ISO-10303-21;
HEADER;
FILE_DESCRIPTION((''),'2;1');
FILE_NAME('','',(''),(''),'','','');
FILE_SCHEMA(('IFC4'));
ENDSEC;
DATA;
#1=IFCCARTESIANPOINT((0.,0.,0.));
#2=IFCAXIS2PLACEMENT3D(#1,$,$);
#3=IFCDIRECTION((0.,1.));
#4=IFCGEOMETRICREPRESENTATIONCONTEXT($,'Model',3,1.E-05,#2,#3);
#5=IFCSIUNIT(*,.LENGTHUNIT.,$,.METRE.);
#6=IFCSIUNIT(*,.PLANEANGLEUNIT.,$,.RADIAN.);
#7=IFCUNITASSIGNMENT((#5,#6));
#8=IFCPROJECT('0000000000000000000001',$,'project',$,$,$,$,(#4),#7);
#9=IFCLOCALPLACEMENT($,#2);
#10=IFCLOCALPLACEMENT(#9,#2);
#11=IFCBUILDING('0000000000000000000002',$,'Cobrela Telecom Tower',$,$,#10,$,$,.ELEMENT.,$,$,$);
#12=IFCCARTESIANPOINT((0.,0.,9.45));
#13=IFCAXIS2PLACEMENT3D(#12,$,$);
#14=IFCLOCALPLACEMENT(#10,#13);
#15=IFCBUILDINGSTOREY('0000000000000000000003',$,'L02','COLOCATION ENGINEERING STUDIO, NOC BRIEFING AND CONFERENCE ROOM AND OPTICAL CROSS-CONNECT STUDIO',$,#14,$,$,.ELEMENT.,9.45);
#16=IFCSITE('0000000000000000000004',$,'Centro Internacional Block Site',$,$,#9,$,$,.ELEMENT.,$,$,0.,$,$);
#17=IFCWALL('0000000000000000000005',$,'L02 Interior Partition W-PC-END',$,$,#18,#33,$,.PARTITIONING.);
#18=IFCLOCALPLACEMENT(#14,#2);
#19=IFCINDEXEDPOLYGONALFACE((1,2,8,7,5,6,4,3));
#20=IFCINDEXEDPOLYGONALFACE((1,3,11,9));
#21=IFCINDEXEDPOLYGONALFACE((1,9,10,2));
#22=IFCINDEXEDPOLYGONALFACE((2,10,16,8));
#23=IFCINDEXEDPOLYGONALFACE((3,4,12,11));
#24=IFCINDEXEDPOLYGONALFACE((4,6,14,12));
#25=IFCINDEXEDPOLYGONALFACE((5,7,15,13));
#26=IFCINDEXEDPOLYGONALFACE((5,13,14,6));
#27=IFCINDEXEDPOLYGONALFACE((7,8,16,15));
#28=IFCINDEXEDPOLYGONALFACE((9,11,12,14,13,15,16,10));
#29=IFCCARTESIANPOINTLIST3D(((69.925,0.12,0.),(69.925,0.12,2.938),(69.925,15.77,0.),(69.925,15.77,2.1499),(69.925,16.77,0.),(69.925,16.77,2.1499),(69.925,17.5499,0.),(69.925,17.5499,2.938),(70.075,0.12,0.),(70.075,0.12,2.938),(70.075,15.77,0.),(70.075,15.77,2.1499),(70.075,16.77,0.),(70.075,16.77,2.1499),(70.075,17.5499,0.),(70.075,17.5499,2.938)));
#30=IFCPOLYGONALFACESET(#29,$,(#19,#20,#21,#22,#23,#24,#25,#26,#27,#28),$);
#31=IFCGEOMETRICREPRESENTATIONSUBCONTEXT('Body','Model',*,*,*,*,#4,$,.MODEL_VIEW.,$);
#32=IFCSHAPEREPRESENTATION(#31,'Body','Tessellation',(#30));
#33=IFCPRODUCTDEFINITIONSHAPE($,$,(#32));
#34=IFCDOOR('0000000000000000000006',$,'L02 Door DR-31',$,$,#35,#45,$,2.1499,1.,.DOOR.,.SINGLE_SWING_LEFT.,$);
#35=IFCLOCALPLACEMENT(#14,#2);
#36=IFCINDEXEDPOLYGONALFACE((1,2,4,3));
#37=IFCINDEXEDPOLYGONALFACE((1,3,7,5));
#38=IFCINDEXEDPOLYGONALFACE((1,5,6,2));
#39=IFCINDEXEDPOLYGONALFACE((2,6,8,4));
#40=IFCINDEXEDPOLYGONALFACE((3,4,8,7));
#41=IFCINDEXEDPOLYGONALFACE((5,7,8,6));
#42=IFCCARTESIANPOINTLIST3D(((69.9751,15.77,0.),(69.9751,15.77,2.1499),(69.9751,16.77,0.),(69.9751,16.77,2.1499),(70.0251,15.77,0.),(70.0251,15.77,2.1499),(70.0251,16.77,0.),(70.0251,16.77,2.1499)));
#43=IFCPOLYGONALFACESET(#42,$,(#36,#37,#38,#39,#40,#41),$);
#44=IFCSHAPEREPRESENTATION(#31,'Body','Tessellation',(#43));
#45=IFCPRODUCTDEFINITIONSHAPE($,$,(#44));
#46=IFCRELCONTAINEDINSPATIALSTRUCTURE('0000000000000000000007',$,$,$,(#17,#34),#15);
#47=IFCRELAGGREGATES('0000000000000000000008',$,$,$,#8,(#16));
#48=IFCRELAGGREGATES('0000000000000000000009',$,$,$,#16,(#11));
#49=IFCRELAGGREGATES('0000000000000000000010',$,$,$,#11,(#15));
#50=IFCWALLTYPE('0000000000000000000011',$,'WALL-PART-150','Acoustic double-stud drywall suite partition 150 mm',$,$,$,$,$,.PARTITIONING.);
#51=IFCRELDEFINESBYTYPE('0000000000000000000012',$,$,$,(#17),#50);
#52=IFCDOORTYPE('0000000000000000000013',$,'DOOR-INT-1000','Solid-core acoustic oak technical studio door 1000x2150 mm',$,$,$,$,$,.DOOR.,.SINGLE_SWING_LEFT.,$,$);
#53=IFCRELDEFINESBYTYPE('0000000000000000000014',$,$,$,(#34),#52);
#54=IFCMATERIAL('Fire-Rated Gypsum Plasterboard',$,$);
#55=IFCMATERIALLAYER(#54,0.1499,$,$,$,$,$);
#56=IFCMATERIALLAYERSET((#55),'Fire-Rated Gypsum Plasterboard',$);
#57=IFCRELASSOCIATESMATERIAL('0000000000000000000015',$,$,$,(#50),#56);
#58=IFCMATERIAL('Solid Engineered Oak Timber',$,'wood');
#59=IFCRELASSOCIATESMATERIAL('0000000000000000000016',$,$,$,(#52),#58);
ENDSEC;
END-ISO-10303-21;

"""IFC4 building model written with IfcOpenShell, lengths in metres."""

from ifc_helpers import new_model, si_unit, direction, frame, frame_2d, origin, place, context, subcontext, project, spatial, rectangle, extrude, material, layer, layer_set, type_object, element, fill, save


model = new_model("IFC4")

# Units and contexts
model_context = context("Model", 3, precision=1e-05, world=origin(), true_north=direction((0.0, 1.0)))
body_context = subcontext(model_context, "Body", "Model", "MODEL_VIEW")
ifc_project = project(units=[si_unit("LENGTHUNIT", "METRE"), si_unit("PLANEANGLEUNIT", "RADIAN")], contexts=[model_context])

# Site, building, storey
site_placement = place(None, origin())
site = spatial("IfcSite", under=ifc_project, at=site_placement, Name="Centro Internacional Block Site", CompositionType="ELEMENT", RefElevation=0.0)
building_placement = place(site_placement, origin())
building = spatial("IfcBuilding", under=site, at=building_placement, Name="Cobrela Telecom Tower", CompositionType="ELEMENT")
storey_placement = place(building_placement, frame((0.0, 0.0, 9.45)))
storey = spatial("IfcBuildingStorey", under=building, at=storey_placement, Name="L02", Description="COLOCATION ENGINEERING STUDIO, NOC BRIEFING AND CONFERENCE ROOM AND OPTICAL CROSS-CONNECT STUDIO", CompositionType="ELEMENT", Elevation=9.45)

# Wall, opening, door
ifc_material_1 = material(Name="Fire-Rated Gypsum Plasterboard")
ifc_layer_1 = layer(ifc_material_1, 0.1499)
ifc_layer_set_1 = layer_set([ifc_layer_1], Name="Fire-Rated Gypsum Plasterboard")
wall_type = type_object("IfcWallType", Name="WALL-PART-150", Description="Acoustic double-stud drywall suite partition 150 mm", PredefinedType="PARTITIONING", material=ifc_layer_set_1)
wall_placement = place(storey_placement, frame((70.0, 0.1201, 0.0), z_axis=(0.0, 0.0, 1.0), x_axis=(0.0, 1.0, 0.0)))
wall = element("IfcWall", 1, at=wall_placement, inside=storey, type_object=wall_type, Name="L02 Interior Partition W-PC-END", PredefinedType="PARTITIONING", context=body_context, shape_type="SweptSolid", body=[
    extrude(rectangle(XDim=17.4299, YDim=0.1499, at=frame_2d((8.7148, 0.0))), origin(), (0.0, 0.0, 1.0), 2.938),
])
opening_placement = place(wall_placement, frame((15.6499, 0.0, 0.0)))
opening = element("IfcOpeningElement", 2, at=opening_placement, cuts=wall, PredefinedType="OPENING", context=body_context, shape_type="SweptSolid", body=[
    extrude(rectangle(XDim=1.0, YDim=2.1499, at=frame_2d((0.5, 1.075))), frame((0.0, 0.0869, 0.0), z_axis=(0.0, -1.0, 0.0), x_axis=(1.0, 0.0, 0.0)), (0.0, 0.0, 1.0), 0.1738),
])
ifc_material_2 = material(Name="Solid Engineered Oak Timber", Category="wood")
door_type = type_object("IfcDoorType", Name="DOOR-INT-1000", Description="Solid-core acoustic oak technical studio door 1000x2150 mm", OperationType="SINGLE_SWING_LEFT", PredefinedType="DOOR", material=ifc_material_2)
door_placement = place(opening_placement, origin())
door = element("IfcDoor", 3, at=door_placement, inside=storey, type_object=door_type, Name="L02 Door DR-31", OperationType="SINGLE_SWING_LEFT", OverallHeight=2.1499, OverallWidth=1.0, PredefinedType="DOOR", context=body_context, shape_type="SweptSolid", body=[
    extrude(rectangle(XDim=1.0, YDim=2.1499, at=frame_2d((0.5, 1.075))), frame((0.0, 0.0249, 0.0), z_axis=(0.0, -1.0, 0.0), x_axis=(1.0, 0.0, 0.0)), (0.0, 0.0, 1.0), 0.05),
])
fill(opening, door)

save(model, "model.ifc")
